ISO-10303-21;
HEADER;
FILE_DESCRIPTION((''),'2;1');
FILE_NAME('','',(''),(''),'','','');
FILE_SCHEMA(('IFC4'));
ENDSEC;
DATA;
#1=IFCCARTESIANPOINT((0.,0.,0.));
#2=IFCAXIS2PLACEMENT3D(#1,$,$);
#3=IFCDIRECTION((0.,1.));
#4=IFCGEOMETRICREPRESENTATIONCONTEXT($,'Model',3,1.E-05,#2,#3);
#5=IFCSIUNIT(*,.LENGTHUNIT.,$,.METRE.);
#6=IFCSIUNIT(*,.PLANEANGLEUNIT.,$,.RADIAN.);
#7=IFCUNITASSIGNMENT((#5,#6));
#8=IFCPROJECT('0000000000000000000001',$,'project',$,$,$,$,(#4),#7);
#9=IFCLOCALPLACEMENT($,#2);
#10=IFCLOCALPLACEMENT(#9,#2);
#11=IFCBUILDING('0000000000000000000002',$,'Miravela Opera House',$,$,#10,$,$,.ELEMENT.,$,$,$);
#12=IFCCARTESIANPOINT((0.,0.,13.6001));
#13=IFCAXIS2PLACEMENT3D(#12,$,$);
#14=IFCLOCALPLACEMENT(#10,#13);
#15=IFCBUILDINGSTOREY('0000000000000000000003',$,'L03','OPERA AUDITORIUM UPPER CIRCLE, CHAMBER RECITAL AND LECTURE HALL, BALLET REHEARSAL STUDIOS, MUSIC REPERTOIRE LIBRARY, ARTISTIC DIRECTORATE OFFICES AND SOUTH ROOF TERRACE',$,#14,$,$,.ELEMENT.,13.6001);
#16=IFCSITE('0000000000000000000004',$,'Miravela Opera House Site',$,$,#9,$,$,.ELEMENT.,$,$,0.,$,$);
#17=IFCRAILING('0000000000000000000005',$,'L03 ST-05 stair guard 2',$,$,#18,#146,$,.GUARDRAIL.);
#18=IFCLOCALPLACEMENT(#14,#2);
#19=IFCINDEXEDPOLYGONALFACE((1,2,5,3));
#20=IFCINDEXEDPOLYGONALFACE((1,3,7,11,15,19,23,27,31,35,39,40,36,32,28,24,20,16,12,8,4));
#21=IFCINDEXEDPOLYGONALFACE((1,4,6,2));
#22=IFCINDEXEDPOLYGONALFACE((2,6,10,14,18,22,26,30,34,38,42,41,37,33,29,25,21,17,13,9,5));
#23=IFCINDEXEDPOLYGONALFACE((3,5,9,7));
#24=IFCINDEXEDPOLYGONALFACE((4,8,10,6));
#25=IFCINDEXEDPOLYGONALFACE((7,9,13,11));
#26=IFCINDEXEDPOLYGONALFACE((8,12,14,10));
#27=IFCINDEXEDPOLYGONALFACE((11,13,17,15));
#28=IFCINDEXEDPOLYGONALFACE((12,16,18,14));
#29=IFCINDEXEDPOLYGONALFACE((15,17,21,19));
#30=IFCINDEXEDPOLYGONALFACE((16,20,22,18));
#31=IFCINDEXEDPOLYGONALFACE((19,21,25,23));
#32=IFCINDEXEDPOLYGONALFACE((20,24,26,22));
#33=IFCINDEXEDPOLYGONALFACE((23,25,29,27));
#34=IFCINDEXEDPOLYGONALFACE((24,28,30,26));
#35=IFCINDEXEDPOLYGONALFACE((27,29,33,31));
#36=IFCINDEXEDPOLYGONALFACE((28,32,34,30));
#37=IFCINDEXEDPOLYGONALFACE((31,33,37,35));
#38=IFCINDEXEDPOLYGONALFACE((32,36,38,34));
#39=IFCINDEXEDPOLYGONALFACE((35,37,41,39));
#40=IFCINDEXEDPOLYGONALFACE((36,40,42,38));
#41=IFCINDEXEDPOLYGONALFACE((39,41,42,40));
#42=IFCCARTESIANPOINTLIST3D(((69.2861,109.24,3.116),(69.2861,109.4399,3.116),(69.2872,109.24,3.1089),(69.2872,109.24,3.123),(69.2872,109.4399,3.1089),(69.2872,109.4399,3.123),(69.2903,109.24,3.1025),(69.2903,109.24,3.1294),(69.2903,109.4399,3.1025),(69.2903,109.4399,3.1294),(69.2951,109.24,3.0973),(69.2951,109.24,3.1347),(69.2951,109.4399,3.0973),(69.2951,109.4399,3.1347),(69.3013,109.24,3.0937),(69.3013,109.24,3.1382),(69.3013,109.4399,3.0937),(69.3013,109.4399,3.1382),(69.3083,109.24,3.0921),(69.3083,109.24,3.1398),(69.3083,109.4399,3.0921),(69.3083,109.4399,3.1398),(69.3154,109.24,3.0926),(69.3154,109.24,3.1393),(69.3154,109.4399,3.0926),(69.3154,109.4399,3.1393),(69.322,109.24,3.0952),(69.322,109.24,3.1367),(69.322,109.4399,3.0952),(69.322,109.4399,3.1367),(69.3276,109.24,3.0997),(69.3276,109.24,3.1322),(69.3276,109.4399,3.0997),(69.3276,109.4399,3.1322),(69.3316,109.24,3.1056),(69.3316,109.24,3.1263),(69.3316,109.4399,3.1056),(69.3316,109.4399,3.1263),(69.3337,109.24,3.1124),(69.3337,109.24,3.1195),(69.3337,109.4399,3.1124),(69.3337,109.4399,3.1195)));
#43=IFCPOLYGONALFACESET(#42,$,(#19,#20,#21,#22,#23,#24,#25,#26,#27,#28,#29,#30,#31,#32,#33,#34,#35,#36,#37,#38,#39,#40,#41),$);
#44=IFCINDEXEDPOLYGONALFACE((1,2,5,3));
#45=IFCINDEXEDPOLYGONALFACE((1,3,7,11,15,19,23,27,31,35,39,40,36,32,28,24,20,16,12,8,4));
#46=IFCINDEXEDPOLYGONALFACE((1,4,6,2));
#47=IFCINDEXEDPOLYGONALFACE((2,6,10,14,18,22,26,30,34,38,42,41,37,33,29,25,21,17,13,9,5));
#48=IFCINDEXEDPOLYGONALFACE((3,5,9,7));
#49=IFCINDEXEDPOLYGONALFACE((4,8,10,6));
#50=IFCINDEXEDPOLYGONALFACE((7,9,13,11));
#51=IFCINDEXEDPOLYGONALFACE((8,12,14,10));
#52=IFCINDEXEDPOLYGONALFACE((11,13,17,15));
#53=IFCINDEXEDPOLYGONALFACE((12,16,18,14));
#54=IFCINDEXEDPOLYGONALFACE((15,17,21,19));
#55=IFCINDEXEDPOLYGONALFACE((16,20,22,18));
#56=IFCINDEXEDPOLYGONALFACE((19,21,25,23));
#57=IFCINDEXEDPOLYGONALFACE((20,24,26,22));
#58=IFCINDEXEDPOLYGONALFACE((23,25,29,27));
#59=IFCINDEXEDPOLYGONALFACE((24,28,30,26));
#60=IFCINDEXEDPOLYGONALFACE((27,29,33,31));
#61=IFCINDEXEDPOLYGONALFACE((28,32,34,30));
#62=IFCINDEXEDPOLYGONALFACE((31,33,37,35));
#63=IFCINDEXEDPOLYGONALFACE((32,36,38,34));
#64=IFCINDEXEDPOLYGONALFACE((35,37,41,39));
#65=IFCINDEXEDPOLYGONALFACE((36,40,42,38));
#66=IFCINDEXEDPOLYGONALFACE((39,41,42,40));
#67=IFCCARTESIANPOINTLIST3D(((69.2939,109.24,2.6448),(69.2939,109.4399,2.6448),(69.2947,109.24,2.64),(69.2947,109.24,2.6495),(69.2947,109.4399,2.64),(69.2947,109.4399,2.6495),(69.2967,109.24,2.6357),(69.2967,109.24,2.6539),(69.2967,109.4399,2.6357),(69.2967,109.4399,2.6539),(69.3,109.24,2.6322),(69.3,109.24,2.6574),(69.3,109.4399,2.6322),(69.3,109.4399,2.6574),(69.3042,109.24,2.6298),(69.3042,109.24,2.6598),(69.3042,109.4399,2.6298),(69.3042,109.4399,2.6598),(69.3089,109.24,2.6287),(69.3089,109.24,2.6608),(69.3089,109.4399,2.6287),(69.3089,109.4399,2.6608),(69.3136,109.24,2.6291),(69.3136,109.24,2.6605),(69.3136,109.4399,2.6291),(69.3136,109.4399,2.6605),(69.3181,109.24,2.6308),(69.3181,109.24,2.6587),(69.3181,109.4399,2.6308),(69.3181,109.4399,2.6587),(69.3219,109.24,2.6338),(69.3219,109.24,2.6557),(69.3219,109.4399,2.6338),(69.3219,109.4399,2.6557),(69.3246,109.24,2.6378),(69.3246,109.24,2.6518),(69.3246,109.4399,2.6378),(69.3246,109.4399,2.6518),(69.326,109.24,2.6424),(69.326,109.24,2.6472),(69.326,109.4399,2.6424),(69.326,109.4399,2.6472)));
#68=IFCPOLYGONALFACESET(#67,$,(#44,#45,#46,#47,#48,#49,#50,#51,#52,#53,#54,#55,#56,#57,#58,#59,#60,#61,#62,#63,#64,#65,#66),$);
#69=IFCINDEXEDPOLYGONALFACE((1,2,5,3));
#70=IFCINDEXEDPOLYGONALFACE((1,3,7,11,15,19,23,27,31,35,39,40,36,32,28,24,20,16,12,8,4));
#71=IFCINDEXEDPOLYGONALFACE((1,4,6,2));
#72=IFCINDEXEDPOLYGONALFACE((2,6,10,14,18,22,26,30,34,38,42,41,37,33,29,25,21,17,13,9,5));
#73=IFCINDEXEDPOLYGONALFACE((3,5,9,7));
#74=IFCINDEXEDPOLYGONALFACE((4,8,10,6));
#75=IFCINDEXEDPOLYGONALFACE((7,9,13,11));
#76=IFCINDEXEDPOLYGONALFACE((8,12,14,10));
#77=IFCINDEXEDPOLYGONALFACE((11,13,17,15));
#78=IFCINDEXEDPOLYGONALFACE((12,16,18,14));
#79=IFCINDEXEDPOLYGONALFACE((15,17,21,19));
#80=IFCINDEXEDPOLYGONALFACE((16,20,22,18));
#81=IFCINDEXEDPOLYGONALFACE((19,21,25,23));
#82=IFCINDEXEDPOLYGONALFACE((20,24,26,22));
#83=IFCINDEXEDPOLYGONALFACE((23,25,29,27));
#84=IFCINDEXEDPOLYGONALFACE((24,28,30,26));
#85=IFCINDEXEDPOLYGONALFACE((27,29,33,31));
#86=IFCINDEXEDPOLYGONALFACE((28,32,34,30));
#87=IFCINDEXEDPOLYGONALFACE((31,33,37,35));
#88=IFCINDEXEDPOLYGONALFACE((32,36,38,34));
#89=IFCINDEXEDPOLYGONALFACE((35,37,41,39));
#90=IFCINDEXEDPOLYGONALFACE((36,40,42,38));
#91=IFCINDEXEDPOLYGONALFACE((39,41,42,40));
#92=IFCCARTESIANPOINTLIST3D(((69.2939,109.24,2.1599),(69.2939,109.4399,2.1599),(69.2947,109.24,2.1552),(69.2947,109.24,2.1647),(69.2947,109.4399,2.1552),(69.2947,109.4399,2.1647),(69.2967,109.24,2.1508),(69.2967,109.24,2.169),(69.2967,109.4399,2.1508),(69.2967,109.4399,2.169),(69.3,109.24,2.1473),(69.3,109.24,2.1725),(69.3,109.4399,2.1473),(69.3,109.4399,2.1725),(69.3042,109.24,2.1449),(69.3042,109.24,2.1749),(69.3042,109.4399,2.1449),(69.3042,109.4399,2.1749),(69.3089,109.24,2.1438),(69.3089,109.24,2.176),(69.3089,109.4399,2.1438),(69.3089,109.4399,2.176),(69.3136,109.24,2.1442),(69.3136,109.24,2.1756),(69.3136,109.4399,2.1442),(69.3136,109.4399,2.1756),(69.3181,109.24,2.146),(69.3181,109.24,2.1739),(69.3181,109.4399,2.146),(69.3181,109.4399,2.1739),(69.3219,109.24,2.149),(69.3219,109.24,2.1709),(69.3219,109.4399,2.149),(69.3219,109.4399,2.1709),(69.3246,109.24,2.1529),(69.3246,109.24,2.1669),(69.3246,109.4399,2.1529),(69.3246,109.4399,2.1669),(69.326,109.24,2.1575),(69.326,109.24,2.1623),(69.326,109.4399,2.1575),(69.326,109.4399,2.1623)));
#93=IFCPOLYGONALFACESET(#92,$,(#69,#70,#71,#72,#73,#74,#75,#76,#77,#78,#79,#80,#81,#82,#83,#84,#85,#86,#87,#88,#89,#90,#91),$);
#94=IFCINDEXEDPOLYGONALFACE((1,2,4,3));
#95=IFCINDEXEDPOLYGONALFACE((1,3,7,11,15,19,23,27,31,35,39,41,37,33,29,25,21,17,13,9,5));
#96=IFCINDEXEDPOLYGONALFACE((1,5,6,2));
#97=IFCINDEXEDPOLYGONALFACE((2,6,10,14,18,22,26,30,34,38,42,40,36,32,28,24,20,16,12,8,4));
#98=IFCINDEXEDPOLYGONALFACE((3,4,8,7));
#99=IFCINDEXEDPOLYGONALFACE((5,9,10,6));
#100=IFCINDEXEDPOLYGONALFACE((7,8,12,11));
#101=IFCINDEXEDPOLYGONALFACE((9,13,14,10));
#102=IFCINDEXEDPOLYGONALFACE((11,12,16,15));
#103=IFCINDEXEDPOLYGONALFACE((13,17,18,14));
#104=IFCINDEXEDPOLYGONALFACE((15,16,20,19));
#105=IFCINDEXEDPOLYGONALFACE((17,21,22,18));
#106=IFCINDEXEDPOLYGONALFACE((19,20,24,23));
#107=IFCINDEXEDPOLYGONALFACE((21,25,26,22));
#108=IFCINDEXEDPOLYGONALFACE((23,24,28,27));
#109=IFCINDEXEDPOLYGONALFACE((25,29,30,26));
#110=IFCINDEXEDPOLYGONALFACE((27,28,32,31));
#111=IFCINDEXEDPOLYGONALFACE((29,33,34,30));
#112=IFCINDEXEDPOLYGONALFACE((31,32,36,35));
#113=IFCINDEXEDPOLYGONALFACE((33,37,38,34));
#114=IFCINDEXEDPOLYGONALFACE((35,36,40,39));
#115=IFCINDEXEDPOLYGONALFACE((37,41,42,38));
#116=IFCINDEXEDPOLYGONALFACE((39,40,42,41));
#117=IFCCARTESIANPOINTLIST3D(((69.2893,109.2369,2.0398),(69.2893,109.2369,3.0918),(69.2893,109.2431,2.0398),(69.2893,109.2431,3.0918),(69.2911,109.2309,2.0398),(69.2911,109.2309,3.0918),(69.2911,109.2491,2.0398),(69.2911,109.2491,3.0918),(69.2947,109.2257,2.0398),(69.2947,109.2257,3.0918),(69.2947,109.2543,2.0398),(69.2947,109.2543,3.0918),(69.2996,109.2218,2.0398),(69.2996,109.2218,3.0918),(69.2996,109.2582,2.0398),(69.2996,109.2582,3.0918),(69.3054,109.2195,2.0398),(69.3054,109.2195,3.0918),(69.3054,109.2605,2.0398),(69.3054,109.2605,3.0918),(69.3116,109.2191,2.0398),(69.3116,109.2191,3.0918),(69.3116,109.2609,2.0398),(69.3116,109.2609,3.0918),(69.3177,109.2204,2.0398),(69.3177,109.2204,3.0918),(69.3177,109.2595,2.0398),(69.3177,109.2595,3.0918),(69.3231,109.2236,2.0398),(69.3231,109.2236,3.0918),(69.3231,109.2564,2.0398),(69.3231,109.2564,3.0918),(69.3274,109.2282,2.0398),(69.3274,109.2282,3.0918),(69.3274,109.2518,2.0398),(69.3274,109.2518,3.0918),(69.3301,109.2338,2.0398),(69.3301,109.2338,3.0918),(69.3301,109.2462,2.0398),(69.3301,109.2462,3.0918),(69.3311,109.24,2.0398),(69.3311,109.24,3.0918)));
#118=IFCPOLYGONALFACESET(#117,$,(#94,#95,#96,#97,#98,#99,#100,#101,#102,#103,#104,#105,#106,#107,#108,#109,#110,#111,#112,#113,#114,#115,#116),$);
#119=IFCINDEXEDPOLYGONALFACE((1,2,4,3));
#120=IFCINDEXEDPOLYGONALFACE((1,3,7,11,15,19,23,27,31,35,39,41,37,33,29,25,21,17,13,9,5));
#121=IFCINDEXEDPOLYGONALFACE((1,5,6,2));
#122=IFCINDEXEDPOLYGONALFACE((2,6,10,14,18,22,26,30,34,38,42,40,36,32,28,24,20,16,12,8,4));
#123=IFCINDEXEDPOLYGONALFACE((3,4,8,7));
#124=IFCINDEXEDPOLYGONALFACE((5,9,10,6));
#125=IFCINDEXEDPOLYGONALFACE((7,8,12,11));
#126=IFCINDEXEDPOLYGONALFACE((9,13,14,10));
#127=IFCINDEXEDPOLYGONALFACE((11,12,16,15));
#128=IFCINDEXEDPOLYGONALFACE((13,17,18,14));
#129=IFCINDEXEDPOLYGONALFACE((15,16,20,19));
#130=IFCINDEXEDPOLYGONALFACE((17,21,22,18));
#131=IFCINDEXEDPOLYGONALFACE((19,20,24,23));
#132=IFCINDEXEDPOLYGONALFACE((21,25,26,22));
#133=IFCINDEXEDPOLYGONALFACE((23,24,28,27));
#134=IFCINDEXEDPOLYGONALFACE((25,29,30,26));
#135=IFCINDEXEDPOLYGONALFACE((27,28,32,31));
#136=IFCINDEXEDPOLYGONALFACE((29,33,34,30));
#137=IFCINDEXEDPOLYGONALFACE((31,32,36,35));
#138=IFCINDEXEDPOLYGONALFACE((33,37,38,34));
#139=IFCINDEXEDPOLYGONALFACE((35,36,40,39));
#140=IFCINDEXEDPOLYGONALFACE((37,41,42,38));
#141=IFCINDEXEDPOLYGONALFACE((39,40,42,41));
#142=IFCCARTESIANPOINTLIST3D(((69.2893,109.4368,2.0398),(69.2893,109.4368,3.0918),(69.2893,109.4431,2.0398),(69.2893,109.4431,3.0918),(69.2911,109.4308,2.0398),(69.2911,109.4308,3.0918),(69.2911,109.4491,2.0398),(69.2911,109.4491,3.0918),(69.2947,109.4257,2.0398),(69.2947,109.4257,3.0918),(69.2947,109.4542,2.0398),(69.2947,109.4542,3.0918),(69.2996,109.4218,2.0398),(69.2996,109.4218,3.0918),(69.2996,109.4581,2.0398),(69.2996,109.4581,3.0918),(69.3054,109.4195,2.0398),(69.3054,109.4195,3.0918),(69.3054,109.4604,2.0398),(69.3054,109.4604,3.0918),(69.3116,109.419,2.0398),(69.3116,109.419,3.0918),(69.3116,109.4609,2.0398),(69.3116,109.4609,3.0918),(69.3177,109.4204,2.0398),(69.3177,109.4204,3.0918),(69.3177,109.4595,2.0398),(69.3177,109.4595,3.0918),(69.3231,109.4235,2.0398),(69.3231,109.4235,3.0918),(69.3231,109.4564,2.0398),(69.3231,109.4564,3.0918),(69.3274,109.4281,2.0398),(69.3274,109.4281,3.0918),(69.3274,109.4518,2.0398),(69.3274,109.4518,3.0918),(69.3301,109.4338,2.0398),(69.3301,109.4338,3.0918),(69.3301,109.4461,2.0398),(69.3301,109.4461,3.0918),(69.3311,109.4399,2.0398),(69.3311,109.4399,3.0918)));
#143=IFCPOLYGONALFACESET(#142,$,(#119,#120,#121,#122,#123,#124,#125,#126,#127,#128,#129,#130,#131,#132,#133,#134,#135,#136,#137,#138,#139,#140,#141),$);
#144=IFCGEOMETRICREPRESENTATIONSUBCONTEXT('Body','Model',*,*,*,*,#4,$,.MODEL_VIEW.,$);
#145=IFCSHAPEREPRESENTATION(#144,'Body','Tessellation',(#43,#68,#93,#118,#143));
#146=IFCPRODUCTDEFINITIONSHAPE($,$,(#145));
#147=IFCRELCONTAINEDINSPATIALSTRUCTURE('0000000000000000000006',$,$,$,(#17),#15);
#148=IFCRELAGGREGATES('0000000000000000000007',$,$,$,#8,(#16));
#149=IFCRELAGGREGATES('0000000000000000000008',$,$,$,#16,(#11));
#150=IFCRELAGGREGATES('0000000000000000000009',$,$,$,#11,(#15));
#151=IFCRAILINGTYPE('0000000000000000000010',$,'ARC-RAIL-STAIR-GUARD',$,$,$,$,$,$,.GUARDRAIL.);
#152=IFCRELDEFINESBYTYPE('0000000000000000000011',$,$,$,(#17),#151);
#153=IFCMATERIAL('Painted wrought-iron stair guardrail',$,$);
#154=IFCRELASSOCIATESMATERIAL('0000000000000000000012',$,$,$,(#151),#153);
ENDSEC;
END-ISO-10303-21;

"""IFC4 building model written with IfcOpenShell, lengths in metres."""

from ifc_helpers import new_model, si_unit, direction, frame, origin, origin_2d, place, context, subcontext, project, spatial, circle, extrude, material, type_object, element, save


model = new_model("IFC4")

# Units and contexts
model_context = context("Model", 3, precision=1e-05, world=origin(), true_north=direction((0.0, 1.0)))
body_context = subcontext(model_context, "Body", "Model", "MODEL_VIEW")
ifc_project = project(units=[si_unit("LENGTHUNIT", "METRE"), si_unit("PLANEANGLEUNIT", "RADIAN")], contexts=[model_context])

# Site, building, storey
site_placement = place(None, origin())
site = spatial("IfcSite", under=ifc_project, at=site_placement, Name="Miravela Opera House Site", CompositionType="ELEMENT", RefElevation=0.0)
building_placement = place(site_placement, origin())
building = spatial("IfcBuilding", under=site, at=building_placement, Name="Miravela Opera House", CompositionType="ELEMENT")
storey_placement = place(building_placement, frame((0.0, 0.0, 13.6001)))
storey = spatial("IfcBuildingStorey", under=building, at=storey_placement, Name="L03", Description="OPERA AUDITORIUM UPPER CIRCLE, CHAMBER RECITAL AND LECTURE HALL, BALLET REHEARSAL STUDIOS, MUSIC REPERTOIRE LIBRARY, ARTISTIC DIRECTORATE OFFICES AND SOUTH ROOF TERRACE", CompositionType="ELEMENT", Elevation=13.6001)

# Railing
ifc_material_1 = material(Name="Painted wrought-iron stair guardrail")
railing_type_1 = type_object("IfcRailingType", Name="ARC-RAIL-STAIR-GUARD", PredefinedType="GUARDRAIL", material=ifc_material_1)
railing_1_placement = place(storey_placement, frame((69.3101, 109.24, 2.0398)))
element("IfcRailing", 1, at=railing_1_placement, inside=storey, type_object=railing_type_1, Name="L03 ST-05 stair guard 2", PredefinedType="GUARDRAIL", context=body_context, shape_type="SweptSolid", body=[
    extrude(circle(Radius=0.0239, at=origin_2d()), frame((0.0, 0.0, 1.0762), z_axis=(0.0, 1.0, 0.0), x_axis=(-1.0, 0.0, 0.0)), (0.0, 0.0, 1.0), 0.2),
    extrude(circle(Radius=0.0161, at=origin_2d()), frame((0.0, 0.0, 0.605), z_axis=(0.0, 1.0, 0.0), x_axis=(-1.0, 0.0, 0.0)), (0.0, 0.0, 1.0), 0.2),
    extrude(circle(Radius=0.0161, at=origin_2d()), frame((0.0, 0.0, 0.1201), z_axis=(0.0, 1.0, 0.0), x_axis=(-1.0, 0.0, 0.0)), (0.0, 0.0, 1.0), 0.2),
    extrude(circle(Radius=0.021, at=origin_2d()), origin(), (0.0, 0.0, 1.0), 1.052),
    extrude(circle(Radius=0.021, at=origin_2d()), frame((0.0, 0.2, 0.0)), (0.0, 0.0, 1.0), 1.052),
])

save(model, "model.ifc")
